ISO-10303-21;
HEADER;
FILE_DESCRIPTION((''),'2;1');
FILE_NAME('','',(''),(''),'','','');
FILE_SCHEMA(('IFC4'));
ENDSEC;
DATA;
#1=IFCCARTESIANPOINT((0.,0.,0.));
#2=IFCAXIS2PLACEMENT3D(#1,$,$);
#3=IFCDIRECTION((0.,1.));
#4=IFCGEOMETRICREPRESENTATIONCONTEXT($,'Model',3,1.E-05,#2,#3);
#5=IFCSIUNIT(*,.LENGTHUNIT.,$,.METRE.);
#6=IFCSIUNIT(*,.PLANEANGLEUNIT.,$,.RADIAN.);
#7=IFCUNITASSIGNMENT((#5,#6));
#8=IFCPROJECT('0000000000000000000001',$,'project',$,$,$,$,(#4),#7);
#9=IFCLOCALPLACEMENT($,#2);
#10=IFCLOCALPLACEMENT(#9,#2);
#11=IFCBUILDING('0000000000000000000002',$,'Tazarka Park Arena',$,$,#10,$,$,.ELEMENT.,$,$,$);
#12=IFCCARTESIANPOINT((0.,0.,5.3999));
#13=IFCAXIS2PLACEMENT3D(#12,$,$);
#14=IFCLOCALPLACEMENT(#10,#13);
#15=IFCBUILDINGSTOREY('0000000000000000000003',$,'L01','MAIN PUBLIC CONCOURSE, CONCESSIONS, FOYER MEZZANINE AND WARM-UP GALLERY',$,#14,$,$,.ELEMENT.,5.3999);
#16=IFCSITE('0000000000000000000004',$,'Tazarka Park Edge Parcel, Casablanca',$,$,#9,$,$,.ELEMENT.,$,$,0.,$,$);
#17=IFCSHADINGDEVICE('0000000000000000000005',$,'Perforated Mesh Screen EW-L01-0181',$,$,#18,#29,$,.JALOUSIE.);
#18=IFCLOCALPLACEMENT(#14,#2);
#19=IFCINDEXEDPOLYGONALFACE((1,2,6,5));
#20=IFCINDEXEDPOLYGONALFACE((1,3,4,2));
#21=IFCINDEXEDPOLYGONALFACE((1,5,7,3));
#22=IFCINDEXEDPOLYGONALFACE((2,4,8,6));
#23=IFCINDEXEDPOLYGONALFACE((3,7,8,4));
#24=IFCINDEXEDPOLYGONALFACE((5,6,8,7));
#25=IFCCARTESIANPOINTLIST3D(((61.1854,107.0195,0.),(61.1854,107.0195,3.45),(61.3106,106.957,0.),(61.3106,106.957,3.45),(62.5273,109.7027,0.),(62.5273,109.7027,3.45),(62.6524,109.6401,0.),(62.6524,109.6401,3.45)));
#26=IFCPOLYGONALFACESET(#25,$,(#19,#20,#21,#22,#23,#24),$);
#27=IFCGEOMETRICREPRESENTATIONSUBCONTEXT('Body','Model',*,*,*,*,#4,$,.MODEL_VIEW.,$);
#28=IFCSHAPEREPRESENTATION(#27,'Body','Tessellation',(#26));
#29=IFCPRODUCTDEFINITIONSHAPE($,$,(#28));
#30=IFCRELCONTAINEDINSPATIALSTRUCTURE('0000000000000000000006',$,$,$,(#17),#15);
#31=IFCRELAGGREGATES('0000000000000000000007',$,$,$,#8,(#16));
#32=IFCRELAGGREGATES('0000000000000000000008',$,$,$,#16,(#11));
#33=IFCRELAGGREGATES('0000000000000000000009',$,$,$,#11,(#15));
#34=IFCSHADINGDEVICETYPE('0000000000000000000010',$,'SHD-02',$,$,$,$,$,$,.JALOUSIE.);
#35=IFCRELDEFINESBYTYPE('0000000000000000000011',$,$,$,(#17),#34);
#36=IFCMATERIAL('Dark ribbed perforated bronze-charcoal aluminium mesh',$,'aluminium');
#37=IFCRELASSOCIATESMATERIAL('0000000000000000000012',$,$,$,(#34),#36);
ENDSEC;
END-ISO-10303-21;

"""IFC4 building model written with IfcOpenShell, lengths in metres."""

from ifc_helpers import new_model, si_unit, direction, frame, origin, origin_2d, place, context, subcontext, project, spatial, rectangle, extrude, material, type_object, element, save


model = new_model("IFC4")

# Units and contexts
model_context = context("Model", 3, precision=1e-05, world=origin(), true_north=direction((0.0, 1.0)))
body_context = subcontext(model_context, "Body", "Model", "MODEL_VIEW")
ifc_project = project(units=[si_unit("LENGTHUNIT", "METRE"), si_unit("PLANEANGLEUNIT", "RADIAN")], contexts=[model_context])

# Site, building, storey
site_placement = place(None, origin())
site = spatial("IfcSite", under=ifc_project, at=site_placement, Name="Tazarka Park Edge Parcel, Casablanca", CompositionType="ELEMENT", RefElevation=0.0)
building_placement = place(site_placement, origin())
building = spatial("IfcBuilding", under=site, at=building_placement, Name="Tazarka Park Arena", CompositionType="ELEMENT")
storey_placement = place(building_placement, frame((0.0, 0.0, 5.3999)))
storey = spatial("IfcBuildingStorey", under=building, at=storey_placement, Name="L01", Description="MAIN PUBLIC CONCOURSE, CONCESSIONS, FOYER MEZZANINE AND WARM-UP GALLERY", CompositionType="ELEMENT", Elevation=5.3999)

# Shading device
ifc_material_1 = material(Name="Dark ribbed perforated bronze-charcoal aluminium mesh", Category="aluminium")
shading_device_type = type_object("IfcShadingDeviceType", Name="SHD-02", PredefinedType="JALOUSIE", material=ifc_material_1)
shading_device_placement = place(storey_placement, frame((61.9189, 108.3298, 0.0), z_axis=(0.0, 0.0, 1.0), x_axis=(0.447291, 0.894389, 0.0)))
element("IfcShadingDevice", 1, at=shading_device_placement, inside=storey, type_object=shading_device_type, Name="Perforated Mesh Screen EW-L01-0181", PredefinedType="JALOUSIE", context=body_context, shape_type="SweptSolid", body=[
    extrude(rectangle(XDim=3.0, YDim=0.1399, at=origin_2d()), origin(), (0.0, 0.0, 1.0), 3.45),
])

save(model, "model.ifc")
